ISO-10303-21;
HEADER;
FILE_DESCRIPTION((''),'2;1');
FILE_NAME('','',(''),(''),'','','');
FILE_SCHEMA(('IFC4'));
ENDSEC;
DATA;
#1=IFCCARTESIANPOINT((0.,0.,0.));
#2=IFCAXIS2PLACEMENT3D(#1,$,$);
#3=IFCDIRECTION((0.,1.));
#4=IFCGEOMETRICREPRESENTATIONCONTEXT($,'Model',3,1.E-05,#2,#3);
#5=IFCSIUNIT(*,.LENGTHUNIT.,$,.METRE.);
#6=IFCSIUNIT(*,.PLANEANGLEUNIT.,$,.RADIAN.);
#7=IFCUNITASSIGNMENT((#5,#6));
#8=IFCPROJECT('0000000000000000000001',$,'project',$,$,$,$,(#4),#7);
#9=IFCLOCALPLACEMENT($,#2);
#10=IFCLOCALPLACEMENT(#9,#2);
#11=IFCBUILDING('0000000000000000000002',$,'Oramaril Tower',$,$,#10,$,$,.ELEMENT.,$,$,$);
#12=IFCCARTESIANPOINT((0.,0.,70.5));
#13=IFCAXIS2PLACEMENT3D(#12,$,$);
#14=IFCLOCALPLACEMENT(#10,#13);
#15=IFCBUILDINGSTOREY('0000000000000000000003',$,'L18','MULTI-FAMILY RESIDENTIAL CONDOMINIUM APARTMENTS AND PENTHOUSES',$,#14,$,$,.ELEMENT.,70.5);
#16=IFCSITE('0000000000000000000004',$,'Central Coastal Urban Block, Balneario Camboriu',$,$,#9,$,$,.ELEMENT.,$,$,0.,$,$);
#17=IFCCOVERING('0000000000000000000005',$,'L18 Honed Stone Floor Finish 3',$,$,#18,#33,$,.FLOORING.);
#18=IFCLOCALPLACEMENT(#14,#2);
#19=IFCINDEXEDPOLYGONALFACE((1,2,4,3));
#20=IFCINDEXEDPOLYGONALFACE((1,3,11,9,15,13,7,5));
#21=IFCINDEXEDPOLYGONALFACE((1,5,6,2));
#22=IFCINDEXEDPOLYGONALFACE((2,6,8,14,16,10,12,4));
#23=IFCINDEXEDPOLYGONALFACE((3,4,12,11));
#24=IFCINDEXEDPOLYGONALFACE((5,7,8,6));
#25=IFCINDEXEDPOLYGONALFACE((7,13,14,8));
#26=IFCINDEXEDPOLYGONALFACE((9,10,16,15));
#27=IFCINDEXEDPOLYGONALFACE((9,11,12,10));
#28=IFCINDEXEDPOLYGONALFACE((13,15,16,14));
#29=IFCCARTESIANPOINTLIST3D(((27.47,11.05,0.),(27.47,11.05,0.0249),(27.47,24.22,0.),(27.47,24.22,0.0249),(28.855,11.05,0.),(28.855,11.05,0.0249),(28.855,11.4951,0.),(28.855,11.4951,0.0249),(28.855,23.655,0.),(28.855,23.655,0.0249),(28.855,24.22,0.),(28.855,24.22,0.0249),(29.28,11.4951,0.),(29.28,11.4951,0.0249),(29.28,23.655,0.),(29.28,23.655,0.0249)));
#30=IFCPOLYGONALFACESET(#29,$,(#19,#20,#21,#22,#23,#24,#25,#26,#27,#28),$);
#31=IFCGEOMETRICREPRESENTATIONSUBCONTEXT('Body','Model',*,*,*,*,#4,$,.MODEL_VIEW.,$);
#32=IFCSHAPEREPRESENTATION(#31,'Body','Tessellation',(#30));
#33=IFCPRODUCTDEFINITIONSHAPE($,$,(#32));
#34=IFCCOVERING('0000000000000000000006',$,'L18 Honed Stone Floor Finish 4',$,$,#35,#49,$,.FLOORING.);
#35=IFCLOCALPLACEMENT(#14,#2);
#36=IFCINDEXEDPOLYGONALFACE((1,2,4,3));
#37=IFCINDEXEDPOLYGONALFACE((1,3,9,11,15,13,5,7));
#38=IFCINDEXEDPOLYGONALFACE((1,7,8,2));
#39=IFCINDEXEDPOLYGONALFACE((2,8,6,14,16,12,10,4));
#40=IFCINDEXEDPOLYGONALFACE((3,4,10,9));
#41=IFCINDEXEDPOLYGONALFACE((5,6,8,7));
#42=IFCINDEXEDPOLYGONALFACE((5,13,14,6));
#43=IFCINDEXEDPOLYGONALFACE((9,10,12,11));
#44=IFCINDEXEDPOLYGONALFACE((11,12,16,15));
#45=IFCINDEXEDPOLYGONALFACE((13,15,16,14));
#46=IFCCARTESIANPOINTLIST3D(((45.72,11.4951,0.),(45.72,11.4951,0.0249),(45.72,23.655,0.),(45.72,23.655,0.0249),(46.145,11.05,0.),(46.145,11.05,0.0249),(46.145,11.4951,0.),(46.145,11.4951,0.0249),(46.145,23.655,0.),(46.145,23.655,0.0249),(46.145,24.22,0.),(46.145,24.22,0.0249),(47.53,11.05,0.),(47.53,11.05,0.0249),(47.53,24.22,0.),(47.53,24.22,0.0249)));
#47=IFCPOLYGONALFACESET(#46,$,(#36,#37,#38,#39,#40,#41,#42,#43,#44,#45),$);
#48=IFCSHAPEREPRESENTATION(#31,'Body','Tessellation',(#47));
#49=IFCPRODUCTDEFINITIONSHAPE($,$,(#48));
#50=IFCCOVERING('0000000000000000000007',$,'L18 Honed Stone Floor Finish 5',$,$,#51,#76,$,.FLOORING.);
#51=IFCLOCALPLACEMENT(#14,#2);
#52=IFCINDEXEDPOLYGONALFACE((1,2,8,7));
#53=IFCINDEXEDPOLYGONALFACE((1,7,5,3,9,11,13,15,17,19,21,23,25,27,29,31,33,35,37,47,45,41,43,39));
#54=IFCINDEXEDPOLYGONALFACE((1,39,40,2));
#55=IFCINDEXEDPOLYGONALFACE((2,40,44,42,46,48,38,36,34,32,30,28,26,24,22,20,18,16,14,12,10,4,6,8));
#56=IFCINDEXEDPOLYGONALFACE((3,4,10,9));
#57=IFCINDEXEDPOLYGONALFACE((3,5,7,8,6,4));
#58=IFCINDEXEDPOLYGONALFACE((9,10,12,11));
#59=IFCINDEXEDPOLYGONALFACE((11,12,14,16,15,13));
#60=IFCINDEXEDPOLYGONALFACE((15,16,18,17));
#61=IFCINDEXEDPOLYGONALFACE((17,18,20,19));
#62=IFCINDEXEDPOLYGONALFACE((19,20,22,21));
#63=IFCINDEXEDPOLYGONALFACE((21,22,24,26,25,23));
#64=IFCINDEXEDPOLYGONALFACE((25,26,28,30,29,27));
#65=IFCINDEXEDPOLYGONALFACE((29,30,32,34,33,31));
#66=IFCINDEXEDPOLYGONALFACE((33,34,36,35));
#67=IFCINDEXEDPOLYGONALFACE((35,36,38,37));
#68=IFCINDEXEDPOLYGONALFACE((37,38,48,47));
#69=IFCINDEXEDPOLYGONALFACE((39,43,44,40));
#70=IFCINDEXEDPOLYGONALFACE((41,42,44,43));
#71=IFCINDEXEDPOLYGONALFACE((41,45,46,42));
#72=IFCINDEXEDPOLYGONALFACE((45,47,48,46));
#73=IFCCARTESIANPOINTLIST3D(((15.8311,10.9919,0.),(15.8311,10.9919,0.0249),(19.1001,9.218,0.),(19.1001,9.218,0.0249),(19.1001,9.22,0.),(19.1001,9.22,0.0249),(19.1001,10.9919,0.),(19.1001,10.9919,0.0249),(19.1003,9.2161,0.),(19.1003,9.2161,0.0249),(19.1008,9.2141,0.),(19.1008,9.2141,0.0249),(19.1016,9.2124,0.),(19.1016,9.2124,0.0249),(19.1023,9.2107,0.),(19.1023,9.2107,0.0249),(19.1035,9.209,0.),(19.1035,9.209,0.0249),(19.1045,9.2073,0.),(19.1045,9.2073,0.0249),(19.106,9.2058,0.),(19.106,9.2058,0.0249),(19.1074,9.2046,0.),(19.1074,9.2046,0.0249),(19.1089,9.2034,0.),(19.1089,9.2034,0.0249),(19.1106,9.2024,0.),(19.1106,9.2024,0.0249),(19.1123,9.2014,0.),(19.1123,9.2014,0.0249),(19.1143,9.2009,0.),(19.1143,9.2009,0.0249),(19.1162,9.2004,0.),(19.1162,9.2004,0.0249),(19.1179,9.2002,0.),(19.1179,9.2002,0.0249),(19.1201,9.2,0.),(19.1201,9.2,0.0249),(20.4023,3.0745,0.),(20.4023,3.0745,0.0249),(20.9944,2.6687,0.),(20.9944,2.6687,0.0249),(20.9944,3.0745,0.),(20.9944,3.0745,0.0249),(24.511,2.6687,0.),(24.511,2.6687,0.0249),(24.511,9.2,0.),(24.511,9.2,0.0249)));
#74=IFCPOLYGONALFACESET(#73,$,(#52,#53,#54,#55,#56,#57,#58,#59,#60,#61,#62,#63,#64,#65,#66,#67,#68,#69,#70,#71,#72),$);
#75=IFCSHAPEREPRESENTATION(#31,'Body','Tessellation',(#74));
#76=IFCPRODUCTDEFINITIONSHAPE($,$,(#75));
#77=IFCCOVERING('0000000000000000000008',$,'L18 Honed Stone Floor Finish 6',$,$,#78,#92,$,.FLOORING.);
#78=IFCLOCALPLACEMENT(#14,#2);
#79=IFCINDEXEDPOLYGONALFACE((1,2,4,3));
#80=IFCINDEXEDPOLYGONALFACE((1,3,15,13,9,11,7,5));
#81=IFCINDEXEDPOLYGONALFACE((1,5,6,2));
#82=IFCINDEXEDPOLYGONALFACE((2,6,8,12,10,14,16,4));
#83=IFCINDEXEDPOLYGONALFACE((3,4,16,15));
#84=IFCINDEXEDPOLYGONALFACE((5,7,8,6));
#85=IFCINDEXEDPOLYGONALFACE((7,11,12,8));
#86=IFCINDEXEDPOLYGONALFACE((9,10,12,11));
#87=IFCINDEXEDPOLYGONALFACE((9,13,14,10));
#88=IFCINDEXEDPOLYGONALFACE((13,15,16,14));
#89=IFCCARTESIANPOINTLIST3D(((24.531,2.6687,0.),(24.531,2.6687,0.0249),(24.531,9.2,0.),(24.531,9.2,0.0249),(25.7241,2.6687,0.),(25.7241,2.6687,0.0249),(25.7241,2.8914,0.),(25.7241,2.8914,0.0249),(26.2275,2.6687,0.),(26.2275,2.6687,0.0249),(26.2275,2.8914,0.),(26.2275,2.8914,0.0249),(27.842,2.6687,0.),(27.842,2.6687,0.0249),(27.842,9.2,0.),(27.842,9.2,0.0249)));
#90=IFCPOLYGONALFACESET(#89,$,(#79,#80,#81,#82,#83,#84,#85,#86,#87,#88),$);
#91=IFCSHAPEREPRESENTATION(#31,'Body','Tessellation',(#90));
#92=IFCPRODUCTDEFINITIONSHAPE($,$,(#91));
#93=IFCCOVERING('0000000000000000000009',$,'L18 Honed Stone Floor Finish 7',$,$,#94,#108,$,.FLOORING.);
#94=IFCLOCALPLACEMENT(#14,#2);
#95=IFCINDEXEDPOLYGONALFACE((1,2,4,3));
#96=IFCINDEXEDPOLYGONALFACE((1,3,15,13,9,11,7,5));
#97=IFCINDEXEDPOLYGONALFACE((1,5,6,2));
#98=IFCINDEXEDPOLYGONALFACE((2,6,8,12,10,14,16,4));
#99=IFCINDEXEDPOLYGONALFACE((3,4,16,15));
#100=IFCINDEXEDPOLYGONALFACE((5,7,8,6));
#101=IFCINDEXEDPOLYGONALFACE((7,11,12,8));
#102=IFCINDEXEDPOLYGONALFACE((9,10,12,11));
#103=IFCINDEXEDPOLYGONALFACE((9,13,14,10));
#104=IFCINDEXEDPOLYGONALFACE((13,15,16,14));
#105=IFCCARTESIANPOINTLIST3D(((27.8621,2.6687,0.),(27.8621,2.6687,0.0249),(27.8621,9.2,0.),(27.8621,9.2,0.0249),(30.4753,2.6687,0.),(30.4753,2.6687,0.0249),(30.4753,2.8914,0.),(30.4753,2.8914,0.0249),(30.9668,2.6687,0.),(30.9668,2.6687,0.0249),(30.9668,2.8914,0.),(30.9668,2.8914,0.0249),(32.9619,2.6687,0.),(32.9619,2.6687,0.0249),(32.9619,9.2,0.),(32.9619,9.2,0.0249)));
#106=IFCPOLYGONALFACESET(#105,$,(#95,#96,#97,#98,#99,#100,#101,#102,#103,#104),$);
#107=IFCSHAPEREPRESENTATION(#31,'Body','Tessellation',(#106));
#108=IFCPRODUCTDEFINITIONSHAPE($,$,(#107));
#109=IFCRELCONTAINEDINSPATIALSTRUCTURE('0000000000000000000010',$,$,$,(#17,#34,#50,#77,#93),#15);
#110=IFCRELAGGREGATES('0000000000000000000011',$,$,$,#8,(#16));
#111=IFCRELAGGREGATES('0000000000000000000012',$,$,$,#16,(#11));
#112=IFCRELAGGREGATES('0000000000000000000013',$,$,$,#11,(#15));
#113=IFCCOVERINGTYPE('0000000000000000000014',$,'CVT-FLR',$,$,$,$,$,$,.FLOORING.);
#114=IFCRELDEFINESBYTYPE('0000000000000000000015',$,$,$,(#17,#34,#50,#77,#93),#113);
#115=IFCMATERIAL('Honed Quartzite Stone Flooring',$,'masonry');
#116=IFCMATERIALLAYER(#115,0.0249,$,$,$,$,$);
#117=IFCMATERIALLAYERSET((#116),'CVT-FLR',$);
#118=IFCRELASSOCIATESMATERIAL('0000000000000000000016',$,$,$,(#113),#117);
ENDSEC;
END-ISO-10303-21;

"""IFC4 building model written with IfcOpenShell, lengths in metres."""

from ifc_helpers import new_model, si_unit, direction, frame, origin, place, context, subcontext, project, spatial, polyline, outline, extrude, material, layer, layer_set, type_object, element, save


model = new_model("IFC4")

# Units and contexts
model_context = context("Model", 3, precision=1e-05, world=origin(), true_north=direction((0.0, 1.0)))
body_context = subcontext(model_context, "Body", "Model", "MODEL_VIEW")
ifc_project = project(units=[si_unit("LENGTHUNIT", "METRE"), si_unit("PLANEANGLEUNIT", "RADIAN")], contexts=[model_context])

# Site, building, storey
site_placement = place(None, origin())
site = spatial("IfcSite", under=ifc_project, at=site_placement, Name="Central Coastal Urban Block, Balneario Camboriu", CompositionType="ELEMENT", RefElevation=0.0)
building_placement = place(site_placement, origin())
building = spatial("IfcBuilding", under=site, at=building_placement, Name="Oramaril Tower", CompositionType="ELEMENT")
storey_placement = place(building_placement, frame((0.0, 0.0, 70.5)))
storey = spatial("IfcBuildingStorey", under=building, at=storey_placement, Name="L18", Description="MULTI-FAMILY RESIDENTIAL CONDOMINIUM APARTMENTS AND PENTHOUSES", CompositionType="ELEMENT", Elevation=70.5)

# Coverings
ifc_material_1 = material(Name="Honed Quartzite Stone Flooring", Category="masonry")
ifc_layer_1 = layer(ifc_material_1, 0.0249)
ifc_layer_set_1 = layer_set([ifc_layer_1], Name="CVT-FLR")
covering_type_1 = type_object("IfcCoveringType", Name="CVT-FLR", PredefinedType="FLOORING", material=ifc_layer_set_1)
covering_1_placement = place(storey_placement, origin())
element("IfcCovering", 1, at=covering_1_placement, inside=storey, type_object=covering_type_1, Name="L18 Honed Stone Floor Finish 3", PredefinedType="FLOORING", context=body_context, shape_type="SweptSolid", body=[
    extrude(outline(polyline([(28.855, 23.655), (29.28, 23.655), (29.28, 11.4951), (28.855, 11.4951), (28.855, 11.05), (27.47, 11.05), (27.47, 24.22), (28.855, 24.22), (28.855, 23.655)])), origin(), (0.0, 0.0, 1.0), 0.0249),
])
covering_2_placement = place(storey_placement, origin())
element("IfcCovering", 2, at=covering_2_placement, inside=storey, type_object=covering_type_1, Name="L18 Honed Stone Floor Finish 4", PredefinedType="FLOORING", context=body_context, shape_type="SweptSolid", body=[
    extrude(outline(polyline([(47.53, 11.05), (46.145, 11.05), (46.145, 11.4951), (45.72, 11.4951), (45.72, 23.655), (46.145, 23.655), (46.145, 24.22), (47.53, 24.22), (47.53, 11.05)])), origin(), (0.0, 0.0, 1.0), 0.0249),
])
covering_3_placement = place(storey_placement, origin())
element("IfcCovering", 3, at=covering_3_placement, inside=storey, type_object=covering_type_1, Name="L18 Honed Stone Floor Finish 5", PredefinedType="FLOORING", context=body_context, shape_type="SweptSolid", body=[
    extrude(outline(polyline([(24.511, 2.6687), (20.9944, 2.6687), (20.9944, 3.0745), (20.4023, 3.0745), (15.8311, 10.9919), (19.1001, 10.9919), (19.1001, 9.22), (19.1001, 9.218), (19.1003, 9.2161), (19.1008, 9.2141), (19.1016, 9.2124), (19.1023, 9.2107), (19.1035, 9.209), (19.1045, 9.2073), (19.106, 9.2058), (19.1074, 9.2046), (19.1089, 9.2034), (19.1106, 9.2024), (19.1123, 9.2014), (19.1143, 9.2009), (19.1162, 9.2004), (19.1179, 9.2002), (19.1201, 9.2), (24.511, 9.2), (24.511, 2.6687)])), origin(), (0.0, 0.0, 1.0), 0.0249),
])
covering_4_placement = place(storey_placement, origin())
element("IfcCovering", 4, at=covering_4_placement, inside=storey, type_object=covering_type_1, Name="L18 Honed Stone Floor Finish 6", PredefinedType="FLOORING", context=body_context, shape_type="SweptSolid", body=[
    extrude(outline(polyline([(26.2275, 2.6687), (26.2275, 2.8914), (25.7241, 2.8914), (25.7241, 2.6687), (24.531, 2.6687), (24.531, 9.2), (27.842, 9.2), (27.842, 2.6687), (26.2275, 2.6687)])), origin(), (0.0, 0.0, 1.0), 0.0249),
])
covering_5_placement = place(storey_placement, origin())
element("IfcCovering", 5, at=covering_5_placement, inside=storey, type_object=covering_type_1, Name="L18 Honed Stone Floor Finish 7", PredefinedType="FLOORING", context=body_context, shape_type="SweptSolid", body=[
    extrude(outline(polyline([(32.9619, 2.6687), (30.9668, 2.6687), (30.9668, 2.8914), (30.4753, 2.8914), (30.4753, 2.6687), (27.8621, 2.6687), (27.8621, 9.2), (32.9619, 9.2), (32.9619, 2.6687)])), origin(), (0.0, 0.0, 1.0), 0.0249),
])

save(model, "model.ifc")
